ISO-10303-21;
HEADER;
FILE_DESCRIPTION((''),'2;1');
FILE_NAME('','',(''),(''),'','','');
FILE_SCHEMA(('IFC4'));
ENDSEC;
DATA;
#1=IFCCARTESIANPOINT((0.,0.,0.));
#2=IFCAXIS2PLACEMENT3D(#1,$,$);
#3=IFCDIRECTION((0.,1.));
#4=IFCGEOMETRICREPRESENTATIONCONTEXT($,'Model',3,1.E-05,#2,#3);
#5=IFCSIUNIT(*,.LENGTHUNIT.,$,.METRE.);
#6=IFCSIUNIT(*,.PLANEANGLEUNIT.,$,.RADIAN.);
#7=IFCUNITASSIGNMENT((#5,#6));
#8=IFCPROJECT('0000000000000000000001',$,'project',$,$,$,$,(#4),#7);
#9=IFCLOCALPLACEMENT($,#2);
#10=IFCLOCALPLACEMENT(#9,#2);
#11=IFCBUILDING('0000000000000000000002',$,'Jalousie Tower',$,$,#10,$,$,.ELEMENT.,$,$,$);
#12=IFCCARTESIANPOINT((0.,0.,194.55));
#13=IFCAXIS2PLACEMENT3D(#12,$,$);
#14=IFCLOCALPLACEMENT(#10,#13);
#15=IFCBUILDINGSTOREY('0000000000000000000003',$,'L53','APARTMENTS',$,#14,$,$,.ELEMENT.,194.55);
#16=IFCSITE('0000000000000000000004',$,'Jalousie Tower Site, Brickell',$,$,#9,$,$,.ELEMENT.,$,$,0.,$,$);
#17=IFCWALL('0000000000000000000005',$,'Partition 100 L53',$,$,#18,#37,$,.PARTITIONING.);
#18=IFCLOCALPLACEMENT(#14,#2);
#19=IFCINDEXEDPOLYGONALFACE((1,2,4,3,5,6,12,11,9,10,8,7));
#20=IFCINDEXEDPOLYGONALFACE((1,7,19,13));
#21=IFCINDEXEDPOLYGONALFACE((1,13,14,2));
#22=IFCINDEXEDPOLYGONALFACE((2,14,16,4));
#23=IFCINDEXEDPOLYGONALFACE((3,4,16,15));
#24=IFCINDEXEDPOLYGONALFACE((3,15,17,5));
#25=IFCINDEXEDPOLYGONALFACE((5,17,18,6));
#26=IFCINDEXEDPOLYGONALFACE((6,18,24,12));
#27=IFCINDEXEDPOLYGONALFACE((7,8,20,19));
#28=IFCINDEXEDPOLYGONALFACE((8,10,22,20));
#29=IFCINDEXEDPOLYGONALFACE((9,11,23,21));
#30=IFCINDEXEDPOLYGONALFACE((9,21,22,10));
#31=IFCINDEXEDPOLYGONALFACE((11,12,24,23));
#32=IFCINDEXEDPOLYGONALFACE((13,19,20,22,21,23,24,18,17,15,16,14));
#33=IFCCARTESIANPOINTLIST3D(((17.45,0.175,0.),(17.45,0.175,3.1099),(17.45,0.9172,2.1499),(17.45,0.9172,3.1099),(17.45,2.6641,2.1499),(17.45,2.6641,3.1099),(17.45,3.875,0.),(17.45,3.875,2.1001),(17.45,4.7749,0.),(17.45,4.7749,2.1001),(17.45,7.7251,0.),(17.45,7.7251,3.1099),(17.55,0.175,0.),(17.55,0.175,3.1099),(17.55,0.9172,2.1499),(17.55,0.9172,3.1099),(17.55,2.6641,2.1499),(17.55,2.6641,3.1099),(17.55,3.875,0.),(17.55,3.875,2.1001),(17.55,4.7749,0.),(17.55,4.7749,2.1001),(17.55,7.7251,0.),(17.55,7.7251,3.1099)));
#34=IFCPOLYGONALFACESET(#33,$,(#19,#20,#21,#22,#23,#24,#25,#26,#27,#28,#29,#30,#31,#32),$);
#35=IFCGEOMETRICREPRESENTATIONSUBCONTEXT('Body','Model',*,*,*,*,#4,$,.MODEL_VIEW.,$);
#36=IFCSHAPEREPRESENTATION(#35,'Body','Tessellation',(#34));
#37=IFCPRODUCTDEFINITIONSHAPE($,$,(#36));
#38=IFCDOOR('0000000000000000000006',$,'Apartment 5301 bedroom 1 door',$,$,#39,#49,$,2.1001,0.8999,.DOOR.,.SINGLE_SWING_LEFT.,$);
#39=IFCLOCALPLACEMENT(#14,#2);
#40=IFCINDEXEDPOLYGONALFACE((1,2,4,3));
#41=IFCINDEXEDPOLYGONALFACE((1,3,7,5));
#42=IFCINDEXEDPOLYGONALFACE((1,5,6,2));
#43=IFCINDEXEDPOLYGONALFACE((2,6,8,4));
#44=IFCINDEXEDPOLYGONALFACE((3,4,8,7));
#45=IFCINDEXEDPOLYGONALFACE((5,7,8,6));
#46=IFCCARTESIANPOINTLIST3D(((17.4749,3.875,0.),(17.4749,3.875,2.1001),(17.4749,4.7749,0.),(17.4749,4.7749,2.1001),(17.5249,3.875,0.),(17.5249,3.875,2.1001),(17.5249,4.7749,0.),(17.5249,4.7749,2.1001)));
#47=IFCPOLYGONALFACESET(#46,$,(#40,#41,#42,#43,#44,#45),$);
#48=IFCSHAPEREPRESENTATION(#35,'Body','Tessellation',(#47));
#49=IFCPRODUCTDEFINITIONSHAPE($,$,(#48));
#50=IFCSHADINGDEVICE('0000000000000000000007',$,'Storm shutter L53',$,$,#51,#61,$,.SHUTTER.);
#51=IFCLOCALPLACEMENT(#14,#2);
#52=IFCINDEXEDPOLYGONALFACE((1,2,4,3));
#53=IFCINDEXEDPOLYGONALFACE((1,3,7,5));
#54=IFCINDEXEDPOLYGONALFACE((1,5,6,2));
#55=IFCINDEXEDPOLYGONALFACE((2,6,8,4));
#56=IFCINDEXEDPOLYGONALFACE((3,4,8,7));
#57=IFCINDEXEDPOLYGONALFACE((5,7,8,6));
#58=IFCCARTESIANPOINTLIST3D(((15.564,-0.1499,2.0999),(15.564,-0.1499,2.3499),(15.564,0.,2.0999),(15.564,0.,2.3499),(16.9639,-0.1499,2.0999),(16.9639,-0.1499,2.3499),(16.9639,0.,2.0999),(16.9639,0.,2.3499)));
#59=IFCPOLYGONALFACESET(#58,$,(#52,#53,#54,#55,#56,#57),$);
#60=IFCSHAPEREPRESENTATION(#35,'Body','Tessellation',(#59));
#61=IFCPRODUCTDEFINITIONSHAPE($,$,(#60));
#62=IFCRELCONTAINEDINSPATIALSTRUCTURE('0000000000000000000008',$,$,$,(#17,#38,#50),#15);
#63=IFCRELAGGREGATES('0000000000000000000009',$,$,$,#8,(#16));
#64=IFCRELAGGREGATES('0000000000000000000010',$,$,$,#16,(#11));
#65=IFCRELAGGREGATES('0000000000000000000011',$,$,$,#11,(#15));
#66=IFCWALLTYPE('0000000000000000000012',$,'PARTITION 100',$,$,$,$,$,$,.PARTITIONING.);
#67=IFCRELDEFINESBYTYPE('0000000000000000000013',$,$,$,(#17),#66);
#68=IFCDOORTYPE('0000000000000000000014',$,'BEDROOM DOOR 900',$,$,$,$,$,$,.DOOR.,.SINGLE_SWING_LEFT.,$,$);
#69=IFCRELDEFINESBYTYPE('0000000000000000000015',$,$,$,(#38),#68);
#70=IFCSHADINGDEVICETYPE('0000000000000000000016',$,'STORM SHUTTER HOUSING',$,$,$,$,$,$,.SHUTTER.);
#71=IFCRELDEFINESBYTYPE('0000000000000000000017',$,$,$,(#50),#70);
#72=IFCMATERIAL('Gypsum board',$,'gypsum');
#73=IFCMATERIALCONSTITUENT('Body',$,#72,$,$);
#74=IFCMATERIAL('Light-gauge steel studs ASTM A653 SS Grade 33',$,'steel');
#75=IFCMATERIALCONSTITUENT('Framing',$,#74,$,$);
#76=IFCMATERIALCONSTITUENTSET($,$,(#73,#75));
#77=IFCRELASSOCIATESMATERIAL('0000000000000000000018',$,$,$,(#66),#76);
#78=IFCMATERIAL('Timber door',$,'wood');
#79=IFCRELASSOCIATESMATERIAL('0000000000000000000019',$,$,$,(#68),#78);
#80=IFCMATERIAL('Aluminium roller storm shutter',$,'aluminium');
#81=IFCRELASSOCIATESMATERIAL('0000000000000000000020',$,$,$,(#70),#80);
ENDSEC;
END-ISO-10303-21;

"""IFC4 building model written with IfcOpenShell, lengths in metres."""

from ifc_helpers import new_model, si_unit, direction, frame, frame_2d, origin, origin_2d, place, context, subcontext, project, spatial, polyline, rectangle, outline, extrude, material, constituent, constituent_set, type_object, element, fill, save


model = new_model("IFC4")

# Units and contexts
model_context = context("Model", 3, precision=1e-05, world=origin(), true_north=direction((0.0, 1.0)))
body_context = subcontext(model_context, "Body", "Model", "MODEL_VIEW")
ifc_project = project(units=[si_unit("LENGTHUNIT", "METRE"), si_unit("PLANEANGLEUNIT", "RADIAN")], contexts=[model_context])

# Site, building, storey
site_placement = place(None, origin())
site = spatial("IfcSite", under=ifc_project, at=site_placement, Name="Jalousie Tower Site, Brickell", CompositionType="ELEMENT", RefElevation=0.0)
building_placement = place(site_placement, origin())
building = spatial("IfcBuilding", under=site, at=building_placement, Name="Jalousie Tower", CompositionType="ELEMENT")
storey_placement = place(building_placement, frame((0.0, 0.0, 194.55)))
storey = spatial("IfcBuildingStorey", under=building, at=storey_placement, Name="L53", Description="APARTMENTS", CompositionType="ELEMENT", Elevation=194.55)

# Wall, opening, door
ifc_material_1 = material(Name="Gypsum board", Category="gypsum")
ifc_constituent_1 = constituent(ifc_material_1, Name="Body")
ifc_material_2 = material(Name="Light-gauge steel studs ASTM A653 SS Grade 33", Category="steel")
ifc_constituent_2 = constituent(ifc_material_2, Name="Framing")
ifc_constituent_set_1 = constituent_set(constituents=[ifc_constituent_1, ifc_constituent_2])
wall_type_1 = type_object("IfcWallType", Name="PARTITION 100", PredefinedType="PARTITIONING", material=ifc_constituent_set_1)
wall_1_placement = place(storey_placement, frame((17.5, 0.175, 0.0), z_axis=(0.0, 0.0, 1.0), x_axis=(0.0, 1.0, 0.0)))
wall_1 = element("IfcWall", 1, at=wall_1_placement, inside=storey, type_object=wall_type_1, Name="Partition 100 L53", PredefinedType="PARTITIONING", context=body_context, shape_type="SweptSolid", body=[
    extrude(outline(polyline([(0.0, 0.0), (7.55, 0.0), (7.55, 3.1099), (2.489, 3.1099), (2.489, 2.1499), (0.7422, 2.1499), (0.7422, 3.1099), (0.0, 3.1099), (0.0, 0.0)])), frame((0.0, 0.05, 0.0), z_axis=(0.0, -1.0, 0.0), x_axis=(1.0, 0.0, 0.0)), (0.0, 0.0, 1.0), 0.1001),
])
opening_1_placement = place(wall_1_placement, frame((3.7, 0.0, 0.0)))
opening_1 = element("IfcOpeningElement", 2, at=opening_1_placement, cuts=wall_1, PredefinedType="OPENING", context=body_context, shape_type="SweptSolid", body=[
    extrude(rectangle(XDim=0.8999, YDim=2.1001, at=frame_2d((0.45, 1.05))), frame((0.0, 0.0601, 0.0), z_axis=(0.0, -1.0, 0.0), x_axis=(1.0, 0.0, 0.0)), (0.0, 0.0, 1.0), 0.1201),
])
ifc_material_3 = material(Name="Timber door", Category="wood")
door_type_1 = type_object("IfcDoorType", Name="BEDROOM DOOR 900", OperationType="SINGLE_SWING_LEFT", PredefinedType="DOOR", material=ifc_material_3)
door_1_placement = place(opening_1_placement, frame((0.8999, 0.0, 0.0), z_axis=(0.0, 0.0, 1.0), x_axis=(-1.0, 0.0, 0.0)))
door_1 = element("IfcDoor", 3, at=door_1_placement, inside=storey, type_object=door_type_1, Name="Apartment 5301 bedroom 1 door", OperationType="SINGLE_SWING_LEFT", OverallHeight=2.1001, OverallWidth=0.8999, PredefinedType="DOOR", context=body_context, shape_type="SweptSolid", body=[
    extrude(rectangle(XDim=0.8999, YDim=2.1001, at=frame_2d((0.45, 1.05))), frame((0.0, 0.0249, 0.0), z_axis=(0.0, -1.0, 0.0), x_axis=(1.0, 0.0, 0.0)), (0.0, 0.0, 1.0), 0.05),
])
fill(opening_1, door_1)

# Shading device
ifc_material_4 = material(Name="Aluminium roller storm shutter", Category="aluminium")
shading_device_type = type_object("IfcShadingDeviceType", Name="STORM SHUTTER HOUSING", PredefinedType="SHUTTER", material=ifc_material_4)
shading_device_placement = place(storey_placement, frame((16.2639, -0.075, 2.0999), z_axis=(0.0, 0.0, 1.0), x_axis=(1.0, 0.0, 0.0)))
element("IfcShadingDevice", 4, at=shading_device_placement, inside=storey, type_object=shading_device_type, Name="Storm shutter L53", PredefinedType="SHUTTER", context=body_context, shape_type="SweptSolid", body=[
    extrude(rectangle(XDim=1.3999, YDim=0.1499, at=origin_2d()), origin(), (0.0, 0.0, 1.0), 0.25),
])

save(model, "model.ifc")
